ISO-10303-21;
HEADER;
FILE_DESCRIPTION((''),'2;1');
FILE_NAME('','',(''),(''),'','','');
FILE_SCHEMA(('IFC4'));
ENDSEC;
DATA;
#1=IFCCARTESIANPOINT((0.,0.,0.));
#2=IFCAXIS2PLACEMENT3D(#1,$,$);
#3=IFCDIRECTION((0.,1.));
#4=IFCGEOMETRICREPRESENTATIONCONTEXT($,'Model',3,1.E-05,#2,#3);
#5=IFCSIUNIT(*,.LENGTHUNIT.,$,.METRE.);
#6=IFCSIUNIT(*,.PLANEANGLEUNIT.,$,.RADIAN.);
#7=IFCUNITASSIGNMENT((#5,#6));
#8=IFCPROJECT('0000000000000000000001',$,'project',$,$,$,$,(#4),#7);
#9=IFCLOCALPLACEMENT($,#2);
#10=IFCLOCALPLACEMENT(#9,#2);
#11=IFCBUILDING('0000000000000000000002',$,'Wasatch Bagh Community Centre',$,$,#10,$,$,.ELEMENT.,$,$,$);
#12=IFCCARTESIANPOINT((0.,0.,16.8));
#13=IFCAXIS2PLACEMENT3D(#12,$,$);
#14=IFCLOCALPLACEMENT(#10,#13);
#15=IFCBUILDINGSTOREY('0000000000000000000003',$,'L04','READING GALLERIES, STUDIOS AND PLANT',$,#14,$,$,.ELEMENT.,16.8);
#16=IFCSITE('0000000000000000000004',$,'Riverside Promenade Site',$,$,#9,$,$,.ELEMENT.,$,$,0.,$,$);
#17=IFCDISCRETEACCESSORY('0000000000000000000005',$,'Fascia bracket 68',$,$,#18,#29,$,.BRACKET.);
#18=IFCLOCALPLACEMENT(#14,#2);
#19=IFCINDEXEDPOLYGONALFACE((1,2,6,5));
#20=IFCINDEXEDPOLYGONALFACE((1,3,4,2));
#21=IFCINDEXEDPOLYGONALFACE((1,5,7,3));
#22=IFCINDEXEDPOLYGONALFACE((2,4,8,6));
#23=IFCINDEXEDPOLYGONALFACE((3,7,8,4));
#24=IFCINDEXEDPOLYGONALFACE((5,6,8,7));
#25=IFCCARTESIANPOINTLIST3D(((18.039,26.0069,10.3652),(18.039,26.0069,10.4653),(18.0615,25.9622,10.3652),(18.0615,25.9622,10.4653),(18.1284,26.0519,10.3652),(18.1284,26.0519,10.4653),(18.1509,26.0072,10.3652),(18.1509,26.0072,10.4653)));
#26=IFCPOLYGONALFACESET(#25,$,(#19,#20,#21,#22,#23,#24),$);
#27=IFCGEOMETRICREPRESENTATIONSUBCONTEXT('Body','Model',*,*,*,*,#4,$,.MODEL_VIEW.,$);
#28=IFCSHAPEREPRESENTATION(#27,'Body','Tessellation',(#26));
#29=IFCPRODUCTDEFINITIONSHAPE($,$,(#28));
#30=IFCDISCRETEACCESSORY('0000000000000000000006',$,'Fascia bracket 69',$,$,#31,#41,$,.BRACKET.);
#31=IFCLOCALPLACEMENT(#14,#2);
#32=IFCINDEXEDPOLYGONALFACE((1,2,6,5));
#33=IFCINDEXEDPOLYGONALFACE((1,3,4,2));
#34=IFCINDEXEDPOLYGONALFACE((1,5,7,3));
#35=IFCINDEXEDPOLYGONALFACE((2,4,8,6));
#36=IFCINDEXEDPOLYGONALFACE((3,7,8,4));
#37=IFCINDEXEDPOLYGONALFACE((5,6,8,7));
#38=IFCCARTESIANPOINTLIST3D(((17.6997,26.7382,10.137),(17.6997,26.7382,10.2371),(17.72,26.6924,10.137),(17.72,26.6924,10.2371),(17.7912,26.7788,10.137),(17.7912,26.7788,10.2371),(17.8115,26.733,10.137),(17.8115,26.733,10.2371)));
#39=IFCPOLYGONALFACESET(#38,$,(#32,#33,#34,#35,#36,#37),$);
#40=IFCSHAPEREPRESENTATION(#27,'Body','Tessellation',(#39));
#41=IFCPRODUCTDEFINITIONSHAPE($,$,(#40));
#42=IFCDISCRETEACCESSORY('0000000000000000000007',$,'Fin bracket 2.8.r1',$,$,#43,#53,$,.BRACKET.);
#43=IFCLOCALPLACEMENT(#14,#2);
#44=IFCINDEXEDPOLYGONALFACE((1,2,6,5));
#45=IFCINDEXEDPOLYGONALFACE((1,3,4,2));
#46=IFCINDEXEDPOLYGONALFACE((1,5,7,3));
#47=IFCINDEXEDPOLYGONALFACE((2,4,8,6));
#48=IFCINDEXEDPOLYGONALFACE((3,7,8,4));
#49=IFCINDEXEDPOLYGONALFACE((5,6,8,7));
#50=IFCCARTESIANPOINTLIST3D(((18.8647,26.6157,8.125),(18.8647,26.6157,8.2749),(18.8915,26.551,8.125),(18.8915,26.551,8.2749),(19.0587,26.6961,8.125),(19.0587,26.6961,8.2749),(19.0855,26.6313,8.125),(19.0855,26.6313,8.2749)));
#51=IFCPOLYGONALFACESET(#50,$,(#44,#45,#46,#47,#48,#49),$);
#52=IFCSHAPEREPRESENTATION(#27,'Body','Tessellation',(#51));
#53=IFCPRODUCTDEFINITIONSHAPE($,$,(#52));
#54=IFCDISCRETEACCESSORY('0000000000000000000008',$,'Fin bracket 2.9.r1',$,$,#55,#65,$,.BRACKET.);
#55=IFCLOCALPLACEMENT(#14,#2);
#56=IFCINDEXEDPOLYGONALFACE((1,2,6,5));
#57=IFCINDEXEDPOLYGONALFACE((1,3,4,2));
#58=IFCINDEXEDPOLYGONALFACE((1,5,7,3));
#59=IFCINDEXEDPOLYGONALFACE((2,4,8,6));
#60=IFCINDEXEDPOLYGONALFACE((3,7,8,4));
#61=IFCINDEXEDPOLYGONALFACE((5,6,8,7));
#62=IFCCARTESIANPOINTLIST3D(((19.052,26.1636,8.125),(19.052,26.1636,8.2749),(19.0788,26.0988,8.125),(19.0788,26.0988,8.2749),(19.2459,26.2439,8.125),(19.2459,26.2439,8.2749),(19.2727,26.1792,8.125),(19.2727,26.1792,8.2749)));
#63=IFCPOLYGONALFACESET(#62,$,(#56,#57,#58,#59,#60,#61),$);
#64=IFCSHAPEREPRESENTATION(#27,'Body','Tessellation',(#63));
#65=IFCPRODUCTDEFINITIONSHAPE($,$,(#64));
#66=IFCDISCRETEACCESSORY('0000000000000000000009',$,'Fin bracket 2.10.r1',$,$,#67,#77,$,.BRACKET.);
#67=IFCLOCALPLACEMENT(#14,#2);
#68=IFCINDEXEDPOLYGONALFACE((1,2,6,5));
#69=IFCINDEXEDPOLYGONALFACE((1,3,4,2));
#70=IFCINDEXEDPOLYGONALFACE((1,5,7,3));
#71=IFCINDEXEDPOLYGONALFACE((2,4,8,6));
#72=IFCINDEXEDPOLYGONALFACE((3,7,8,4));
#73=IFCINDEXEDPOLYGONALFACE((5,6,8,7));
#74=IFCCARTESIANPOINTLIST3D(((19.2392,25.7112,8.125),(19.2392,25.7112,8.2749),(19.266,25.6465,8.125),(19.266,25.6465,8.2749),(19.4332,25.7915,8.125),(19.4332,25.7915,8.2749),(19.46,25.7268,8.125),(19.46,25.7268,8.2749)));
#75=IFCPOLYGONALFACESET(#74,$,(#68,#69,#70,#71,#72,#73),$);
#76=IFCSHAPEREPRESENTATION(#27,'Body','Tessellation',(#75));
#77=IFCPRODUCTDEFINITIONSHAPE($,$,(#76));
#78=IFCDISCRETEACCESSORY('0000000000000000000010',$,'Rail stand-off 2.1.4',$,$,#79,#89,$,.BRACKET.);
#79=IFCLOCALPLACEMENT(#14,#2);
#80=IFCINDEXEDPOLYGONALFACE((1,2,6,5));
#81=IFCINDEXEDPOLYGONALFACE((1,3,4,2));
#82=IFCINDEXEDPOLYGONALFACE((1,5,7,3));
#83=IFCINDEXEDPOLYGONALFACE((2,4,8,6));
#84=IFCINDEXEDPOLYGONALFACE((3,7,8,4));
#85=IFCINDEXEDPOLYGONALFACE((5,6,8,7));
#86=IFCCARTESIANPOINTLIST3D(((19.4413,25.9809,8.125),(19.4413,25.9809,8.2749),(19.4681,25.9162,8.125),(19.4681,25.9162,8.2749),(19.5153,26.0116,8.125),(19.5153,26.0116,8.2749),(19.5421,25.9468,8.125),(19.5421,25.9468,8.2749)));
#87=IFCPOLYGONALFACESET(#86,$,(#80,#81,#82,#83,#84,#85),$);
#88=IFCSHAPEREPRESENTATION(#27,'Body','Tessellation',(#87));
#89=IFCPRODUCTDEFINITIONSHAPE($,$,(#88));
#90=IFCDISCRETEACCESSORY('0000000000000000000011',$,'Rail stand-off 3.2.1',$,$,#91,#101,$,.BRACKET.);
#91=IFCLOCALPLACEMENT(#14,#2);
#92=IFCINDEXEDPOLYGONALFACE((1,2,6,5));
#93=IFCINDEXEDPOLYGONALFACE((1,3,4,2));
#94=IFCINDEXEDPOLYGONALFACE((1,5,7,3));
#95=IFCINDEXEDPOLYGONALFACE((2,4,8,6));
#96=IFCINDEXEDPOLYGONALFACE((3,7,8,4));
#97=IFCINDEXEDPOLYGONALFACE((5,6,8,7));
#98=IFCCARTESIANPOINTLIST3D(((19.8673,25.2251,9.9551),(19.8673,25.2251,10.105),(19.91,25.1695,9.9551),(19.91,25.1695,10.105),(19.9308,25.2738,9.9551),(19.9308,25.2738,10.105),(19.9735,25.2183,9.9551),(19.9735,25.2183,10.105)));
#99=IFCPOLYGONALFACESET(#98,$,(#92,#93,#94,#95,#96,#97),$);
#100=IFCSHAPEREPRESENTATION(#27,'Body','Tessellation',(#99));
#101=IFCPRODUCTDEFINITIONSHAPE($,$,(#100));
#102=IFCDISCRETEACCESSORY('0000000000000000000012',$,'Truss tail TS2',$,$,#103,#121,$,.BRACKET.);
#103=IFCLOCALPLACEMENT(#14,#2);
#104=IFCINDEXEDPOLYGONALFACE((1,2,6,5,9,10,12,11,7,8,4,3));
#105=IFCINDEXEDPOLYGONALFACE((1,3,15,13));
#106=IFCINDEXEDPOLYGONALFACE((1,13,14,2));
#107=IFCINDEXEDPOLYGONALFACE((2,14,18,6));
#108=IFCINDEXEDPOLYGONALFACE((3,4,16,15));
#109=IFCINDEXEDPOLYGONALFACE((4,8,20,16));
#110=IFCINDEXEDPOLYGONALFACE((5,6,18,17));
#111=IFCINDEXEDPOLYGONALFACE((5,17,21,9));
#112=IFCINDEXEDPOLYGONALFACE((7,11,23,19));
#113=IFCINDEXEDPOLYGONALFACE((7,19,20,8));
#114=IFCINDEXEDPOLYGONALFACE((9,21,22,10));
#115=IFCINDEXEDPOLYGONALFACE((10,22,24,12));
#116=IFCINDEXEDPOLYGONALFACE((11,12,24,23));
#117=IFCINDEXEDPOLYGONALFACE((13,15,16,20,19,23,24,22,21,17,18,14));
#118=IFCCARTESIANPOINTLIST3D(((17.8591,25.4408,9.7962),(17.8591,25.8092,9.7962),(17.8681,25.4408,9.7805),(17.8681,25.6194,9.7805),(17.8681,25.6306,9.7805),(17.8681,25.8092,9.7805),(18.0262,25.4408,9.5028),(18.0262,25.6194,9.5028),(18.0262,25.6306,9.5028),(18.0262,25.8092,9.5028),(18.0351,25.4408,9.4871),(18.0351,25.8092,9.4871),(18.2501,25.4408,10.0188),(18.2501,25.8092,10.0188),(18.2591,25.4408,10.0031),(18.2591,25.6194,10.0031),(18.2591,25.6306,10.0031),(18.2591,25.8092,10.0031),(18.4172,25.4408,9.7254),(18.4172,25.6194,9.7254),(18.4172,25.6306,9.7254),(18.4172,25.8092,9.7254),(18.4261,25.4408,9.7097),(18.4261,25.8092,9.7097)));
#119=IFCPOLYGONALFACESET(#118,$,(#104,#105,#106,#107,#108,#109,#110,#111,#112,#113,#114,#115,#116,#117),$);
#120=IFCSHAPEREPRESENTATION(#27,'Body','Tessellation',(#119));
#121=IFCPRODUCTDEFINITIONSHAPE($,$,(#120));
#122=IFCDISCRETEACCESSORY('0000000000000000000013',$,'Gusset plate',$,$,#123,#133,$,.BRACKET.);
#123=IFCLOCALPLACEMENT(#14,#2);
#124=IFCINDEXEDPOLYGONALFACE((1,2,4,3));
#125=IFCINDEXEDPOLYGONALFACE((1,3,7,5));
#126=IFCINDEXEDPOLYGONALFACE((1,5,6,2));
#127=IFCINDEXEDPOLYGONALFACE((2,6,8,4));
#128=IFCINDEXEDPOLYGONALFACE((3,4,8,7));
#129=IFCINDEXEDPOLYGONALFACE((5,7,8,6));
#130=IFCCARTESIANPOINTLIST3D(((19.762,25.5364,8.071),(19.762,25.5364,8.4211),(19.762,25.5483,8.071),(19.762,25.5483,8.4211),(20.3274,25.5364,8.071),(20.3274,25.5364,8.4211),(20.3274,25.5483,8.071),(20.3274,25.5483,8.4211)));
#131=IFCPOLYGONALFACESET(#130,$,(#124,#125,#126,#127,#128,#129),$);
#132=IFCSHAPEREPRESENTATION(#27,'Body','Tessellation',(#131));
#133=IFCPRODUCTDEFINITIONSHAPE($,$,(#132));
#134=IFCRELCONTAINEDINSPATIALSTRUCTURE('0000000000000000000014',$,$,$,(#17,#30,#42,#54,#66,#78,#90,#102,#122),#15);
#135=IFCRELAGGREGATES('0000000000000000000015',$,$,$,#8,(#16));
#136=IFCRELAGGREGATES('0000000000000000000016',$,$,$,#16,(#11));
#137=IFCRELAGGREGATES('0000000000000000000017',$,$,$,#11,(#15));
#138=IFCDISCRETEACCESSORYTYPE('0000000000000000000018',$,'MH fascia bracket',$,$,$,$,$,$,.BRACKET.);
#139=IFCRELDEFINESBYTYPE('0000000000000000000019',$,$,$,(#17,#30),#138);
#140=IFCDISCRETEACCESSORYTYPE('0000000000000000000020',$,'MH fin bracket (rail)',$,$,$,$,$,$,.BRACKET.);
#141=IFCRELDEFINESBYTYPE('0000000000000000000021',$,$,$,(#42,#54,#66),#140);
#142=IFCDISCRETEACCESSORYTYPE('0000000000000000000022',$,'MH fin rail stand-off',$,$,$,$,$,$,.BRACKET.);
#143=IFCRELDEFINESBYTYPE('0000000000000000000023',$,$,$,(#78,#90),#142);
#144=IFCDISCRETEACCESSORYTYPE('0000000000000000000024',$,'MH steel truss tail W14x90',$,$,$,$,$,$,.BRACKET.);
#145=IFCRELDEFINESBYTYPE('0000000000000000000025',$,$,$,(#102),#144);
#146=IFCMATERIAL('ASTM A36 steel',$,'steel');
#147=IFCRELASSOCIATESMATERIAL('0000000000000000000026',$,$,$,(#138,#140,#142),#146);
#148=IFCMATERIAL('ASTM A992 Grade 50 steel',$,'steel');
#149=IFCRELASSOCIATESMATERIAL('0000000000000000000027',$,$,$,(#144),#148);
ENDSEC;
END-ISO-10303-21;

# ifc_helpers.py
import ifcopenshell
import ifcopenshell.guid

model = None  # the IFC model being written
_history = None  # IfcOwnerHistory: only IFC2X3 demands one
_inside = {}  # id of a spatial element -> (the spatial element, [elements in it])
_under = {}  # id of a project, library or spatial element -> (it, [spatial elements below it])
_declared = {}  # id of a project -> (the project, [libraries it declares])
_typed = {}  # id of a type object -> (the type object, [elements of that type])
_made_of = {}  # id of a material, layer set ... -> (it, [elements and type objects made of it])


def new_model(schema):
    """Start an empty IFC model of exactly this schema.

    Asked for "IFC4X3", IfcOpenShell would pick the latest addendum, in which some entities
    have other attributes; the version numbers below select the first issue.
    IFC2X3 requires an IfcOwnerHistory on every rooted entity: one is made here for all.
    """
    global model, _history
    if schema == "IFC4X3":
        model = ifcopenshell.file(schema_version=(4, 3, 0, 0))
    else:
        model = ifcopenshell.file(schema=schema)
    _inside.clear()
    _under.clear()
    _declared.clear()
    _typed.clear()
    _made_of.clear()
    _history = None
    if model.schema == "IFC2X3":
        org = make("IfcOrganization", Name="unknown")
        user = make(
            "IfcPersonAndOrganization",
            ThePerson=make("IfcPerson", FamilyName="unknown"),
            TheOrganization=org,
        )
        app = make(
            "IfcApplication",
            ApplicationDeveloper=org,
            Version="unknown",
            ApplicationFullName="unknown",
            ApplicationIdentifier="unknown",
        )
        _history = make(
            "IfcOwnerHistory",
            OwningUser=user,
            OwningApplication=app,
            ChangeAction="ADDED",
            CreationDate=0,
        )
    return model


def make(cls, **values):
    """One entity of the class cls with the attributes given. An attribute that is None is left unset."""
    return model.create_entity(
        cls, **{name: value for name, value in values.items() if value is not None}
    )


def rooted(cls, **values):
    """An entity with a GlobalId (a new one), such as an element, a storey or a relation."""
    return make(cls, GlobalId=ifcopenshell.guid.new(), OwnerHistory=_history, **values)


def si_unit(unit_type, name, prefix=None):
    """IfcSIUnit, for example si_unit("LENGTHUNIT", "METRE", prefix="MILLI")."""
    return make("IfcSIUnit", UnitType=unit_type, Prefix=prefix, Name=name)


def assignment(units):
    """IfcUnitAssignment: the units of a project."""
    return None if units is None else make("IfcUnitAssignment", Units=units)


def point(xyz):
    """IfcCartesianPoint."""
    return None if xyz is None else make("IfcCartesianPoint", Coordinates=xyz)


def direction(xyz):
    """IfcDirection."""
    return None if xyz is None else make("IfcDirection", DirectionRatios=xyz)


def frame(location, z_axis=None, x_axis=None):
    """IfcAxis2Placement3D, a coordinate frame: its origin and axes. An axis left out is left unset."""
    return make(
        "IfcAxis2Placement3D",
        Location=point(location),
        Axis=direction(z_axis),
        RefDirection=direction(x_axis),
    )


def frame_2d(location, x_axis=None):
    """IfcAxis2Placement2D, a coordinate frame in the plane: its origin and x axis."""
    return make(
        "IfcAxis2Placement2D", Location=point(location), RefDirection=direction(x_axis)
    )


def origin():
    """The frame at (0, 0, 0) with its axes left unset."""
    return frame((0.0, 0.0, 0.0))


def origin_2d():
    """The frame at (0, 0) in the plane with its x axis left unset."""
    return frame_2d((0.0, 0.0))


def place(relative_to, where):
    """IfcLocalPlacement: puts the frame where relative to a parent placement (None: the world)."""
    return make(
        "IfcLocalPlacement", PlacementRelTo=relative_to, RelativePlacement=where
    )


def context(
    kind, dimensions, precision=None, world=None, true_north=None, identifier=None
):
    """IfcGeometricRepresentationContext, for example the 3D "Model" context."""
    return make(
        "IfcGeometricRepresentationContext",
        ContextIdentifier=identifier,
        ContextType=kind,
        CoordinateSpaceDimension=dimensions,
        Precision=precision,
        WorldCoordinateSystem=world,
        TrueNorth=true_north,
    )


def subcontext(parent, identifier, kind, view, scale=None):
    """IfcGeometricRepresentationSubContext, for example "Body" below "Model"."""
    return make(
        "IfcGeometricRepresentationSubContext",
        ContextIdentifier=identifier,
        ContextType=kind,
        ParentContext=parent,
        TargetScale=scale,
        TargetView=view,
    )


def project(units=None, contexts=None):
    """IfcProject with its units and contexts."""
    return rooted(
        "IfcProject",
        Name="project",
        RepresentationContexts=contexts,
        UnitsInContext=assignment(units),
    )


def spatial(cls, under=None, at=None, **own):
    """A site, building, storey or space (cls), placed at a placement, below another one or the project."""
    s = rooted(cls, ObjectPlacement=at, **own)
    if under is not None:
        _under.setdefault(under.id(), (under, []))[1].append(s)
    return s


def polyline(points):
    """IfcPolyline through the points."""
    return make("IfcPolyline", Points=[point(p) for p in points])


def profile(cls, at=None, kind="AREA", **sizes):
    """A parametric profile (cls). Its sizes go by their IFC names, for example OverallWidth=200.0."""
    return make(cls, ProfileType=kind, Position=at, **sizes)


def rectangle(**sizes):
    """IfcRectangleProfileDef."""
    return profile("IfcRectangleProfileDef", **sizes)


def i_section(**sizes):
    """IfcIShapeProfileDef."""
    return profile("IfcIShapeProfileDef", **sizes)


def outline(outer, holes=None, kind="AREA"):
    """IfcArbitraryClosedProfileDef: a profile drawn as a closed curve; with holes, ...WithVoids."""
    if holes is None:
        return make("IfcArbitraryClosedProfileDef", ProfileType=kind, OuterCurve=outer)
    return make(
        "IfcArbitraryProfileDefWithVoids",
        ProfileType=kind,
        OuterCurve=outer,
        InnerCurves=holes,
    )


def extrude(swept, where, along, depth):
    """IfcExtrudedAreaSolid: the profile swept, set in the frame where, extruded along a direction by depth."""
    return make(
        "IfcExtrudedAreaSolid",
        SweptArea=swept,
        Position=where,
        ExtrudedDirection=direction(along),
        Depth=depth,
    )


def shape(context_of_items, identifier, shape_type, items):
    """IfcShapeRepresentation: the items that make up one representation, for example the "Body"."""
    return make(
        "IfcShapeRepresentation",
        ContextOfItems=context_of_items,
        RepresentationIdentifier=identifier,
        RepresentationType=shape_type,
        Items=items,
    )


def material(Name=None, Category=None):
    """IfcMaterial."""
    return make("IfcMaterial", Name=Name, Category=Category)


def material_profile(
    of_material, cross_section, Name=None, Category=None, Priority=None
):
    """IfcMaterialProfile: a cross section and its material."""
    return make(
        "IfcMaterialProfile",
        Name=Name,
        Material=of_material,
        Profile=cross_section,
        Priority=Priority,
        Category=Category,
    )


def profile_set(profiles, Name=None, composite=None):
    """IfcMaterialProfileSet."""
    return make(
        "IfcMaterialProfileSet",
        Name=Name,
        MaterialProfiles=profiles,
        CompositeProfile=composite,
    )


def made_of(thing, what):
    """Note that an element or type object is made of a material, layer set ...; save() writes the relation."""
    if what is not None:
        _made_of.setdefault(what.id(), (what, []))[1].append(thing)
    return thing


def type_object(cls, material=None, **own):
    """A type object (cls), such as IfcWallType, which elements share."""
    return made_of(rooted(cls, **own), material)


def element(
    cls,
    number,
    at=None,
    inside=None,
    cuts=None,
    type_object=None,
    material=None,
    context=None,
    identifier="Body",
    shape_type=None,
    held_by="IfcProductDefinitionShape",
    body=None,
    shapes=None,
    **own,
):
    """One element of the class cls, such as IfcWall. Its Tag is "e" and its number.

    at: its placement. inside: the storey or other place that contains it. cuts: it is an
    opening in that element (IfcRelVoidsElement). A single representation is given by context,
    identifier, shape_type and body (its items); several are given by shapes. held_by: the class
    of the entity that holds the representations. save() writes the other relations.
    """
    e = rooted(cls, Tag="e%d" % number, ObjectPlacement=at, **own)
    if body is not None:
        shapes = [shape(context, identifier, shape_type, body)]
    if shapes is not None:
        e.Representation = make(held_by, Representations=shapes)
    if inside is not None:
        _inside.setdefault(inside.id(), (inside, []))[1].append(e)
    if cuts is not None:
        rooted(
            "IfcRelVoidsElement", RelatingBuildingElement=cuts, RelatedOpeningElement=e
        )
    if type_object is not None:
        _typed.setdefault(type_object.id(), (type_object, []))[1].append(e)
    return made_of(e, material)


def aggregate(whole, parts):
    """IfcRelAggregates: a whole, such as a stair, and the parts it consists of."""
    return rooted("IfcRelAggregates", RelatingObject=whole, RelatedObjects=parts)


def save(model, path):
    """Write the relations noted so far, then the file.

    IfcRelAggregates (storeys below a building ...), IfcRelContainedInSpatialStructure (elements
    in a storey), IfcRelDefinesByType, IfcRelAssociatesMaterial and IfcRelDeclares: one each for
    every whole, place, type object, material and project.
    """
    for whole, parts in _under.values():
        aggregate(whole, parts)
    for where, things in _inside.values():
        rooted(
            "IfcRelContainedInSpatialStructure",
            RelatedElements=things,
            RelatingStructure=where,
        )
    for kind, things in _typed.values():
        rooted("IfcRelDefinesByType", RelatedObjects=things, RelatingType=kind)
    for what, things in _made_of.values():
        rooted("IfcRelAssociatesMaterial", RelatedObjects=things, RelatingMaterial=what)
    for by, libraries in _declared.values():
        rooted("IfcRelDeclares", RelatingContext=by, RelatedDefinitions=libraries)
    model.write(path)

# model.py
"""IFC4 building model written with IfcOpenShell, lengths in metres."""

from ifc_helpers import new_model, si_unit, direction, frame, origin, origin_2d, place, context, subcontext, project, spatial, polyline, rectangle, i_section, outline, extrude, material, material_profile, profile_set, type_object, element, save


model = new_model("IFC4")

# Units and contexts
model_context = context("Model", 3, precision=1e-05, world=origin(), true_north=direction((0.0, 1.0)))
body_context = subcontext(model_context, "Body", "Model", "MODEL_VIEW")
ifc_project = project(units=[si_unit("LENGTHUNIT", "METRE"), si_unit("PLANEANGLEUNIT", "RADIAN")], contexts=[model_context])

# Site, building, storey
site_placement = place(None, origin())
site = spatial("IfcSite", under=ifc_project, at=site_placement, Name="Riverside Promenade Site", CompositionType="ELEMENT", RefElevation=0.0)
building_placement = place(site_placement, origin())
building = spatial("IfcBuilding", under=site, at=building_placement, Name="Wasatch Bagh Community Centre", CompositionType="ELEMENT")
storey_placement = place(building_placement, frame((0.0, 0.0, 16.8)))
storey = spatial("IfcBuildingStorey", under=building, at=storey_placement, Name="L04", Description="READING GALLERIES, STUDIOS AND PLANT", CompositionType="ELEMENT", Elevation=16.8)

# Shared definitions
ifc_material_1 = material(Name="ASTM A992 Grade 50 steel", Category="steel")

# Discrete accessories
ifc_material_2 = material(Name="ASTM A36 steel", Category="steel")
discrete_accessory_type_1 = type_object("IfcDiscreteAccessoryType", Name="MH fascia bracket", PredefinedType="BRACKET", material=ifc_material_2)
for number, where, z_axis, x_axis, name in (
    (1, (18.095, 26.0071, 10.3652), (0.0, 0.0, 1.0), (-0.893224, -0.449611, 0.0), "Fascia bracket 68"),
    (2, (17.7556, 26.7356, 10.137), (0.0, 0.0, 1.0), (-0.91421, -0.405241, 0.0), "Fascia bracket 69"),
):
    element("IfcDiscreteAccessory", number, at=place(storey_placement, frame(where, z_axis=z_axis, x_axis=x_axis)), inside=storey, type_object=discrete_accessory_type_1, Name=name, PredefinedType="BRACKET", context=body_context, shape_type="SweptSolid", body=[
        extrude(rectangle(XDim=0.1001, YDim=0.05, at=origin_2d()), origin(), (0.0, 0.0, 1.0), 0.1001),
    ])
discrete_accessory_type_2 = type_object("IfcDiscreteAccessoryType", Name="MH fin bracket (rail)", PredefinedType="BRACKET", material=ifc_material_2)
for number, where, z_axis, x_axis, name in (
    (3, (18.9751, 26.6235, 8.125), (0.0, 0.0, 1.0), (0.382683, -0.92388, 0.0), "Fin bracket 2.8.r1"),
    (4, (19.1624, 26.1714, 8.125), (0.0, 0.0, 1.0), (0.382683, -0.92388, 0.0), "Fin bracket 2.9.r1"),
    (5, (19.3496, 25.719, 8.125), (0.0, 0.0, 1.0), (0.382683, -0.92388, 0.0), "Fin bracket 2.10.r1"),
):
    element("IfcDiscreteAccessory", number, at=place(storey_placement, frame(where, z_axis=z_axis, x_axis=x_axis)), inside=storey, type_object=discrete_accessory_type_2, Name=name, PredefinedType="BRACKET", context=body_context, shape_type="SweptSolid", body=[
        extrude(rectangle(XDim=0.0701, YDim=0.21, at=origin_2d()), origin(), (0.0, 0.0, 1.0), 0.1499),
    ])
discrete_accessory_type_3 = type_object("IfcDiscreteAccessoryType", Name="MH fin rail stand-off", PredefinedType="BRACKET", material=ifc_material_2)
for number, where, z_axis, x_axis, name in (
    (6, (19.4917, 25.9639, 8.125), (0.0, 0.0, 1.0), (0.382683, -0.92388, 0.0), "Rail stand-off 2.1.4"),
    (7, (19.9204, 25.2217, 9.9551), (0.0, 0.0, 1.0), (0.608761, -0.793353, 0.0), "Rail stand-off 3.2.1"),
):
    element("IfcDiscreteAccessory", number, at=place(storey_placement, frame(where, z_axis=z_axis, x_axis=x_axis)), inside=storey, type_object=discrete_accessory_type_3, Name=name, PredefinedType="BRACKET", context=body_context, shape_type="SweptSolid", body=[
        extrude(rectangle(XDim=0.0701, YDim=0.0801, at=origin_2d()), origin(), (0.0, 0.0, 1.0), 0.1499),
    ])
ifc_material_profile_1 = material_profile(ifc_material_1, i_section(OverallWidth=0.3684, OverallDepth=0.3557, WebThickness=0.0112, FlangeThickness=0.0181, at=origin_2d()), Name="W14x90")
ifc_profile_set_1 = profile_set([ifc_material_profile_1], Name="ASTM A992 Grade 50 steel")
discrete_accessory_type_4 = type_object("IfcDiscreteAccessoryType", Name="MH steel truss tail W14x90", PredefinedType="BRACKET", material=ifc_profile_set_1)
discrete_accessory_1_placement = place(storey_placement, frame((18.3381, 25.625, 9.8643), z_axis=(-0.869043, 0.0, -0.494736), x_axis=(0.0, -1.0, 0.0)))
element("IfcDiscreteAccessory", 8, at=discrete_accessory_1_placement, inside=storey, type_object=discrete_accessory_type_4, Name="Truss tail TS2", PredefinedType="BRACKET", context=body_context, shape_type="SweptSolid", body=[
    extrude(i_section(OverallWidth=0.3684, OverallDepth=0.3557, WebThickness=0.0112, FlangeThickness=0.0181, at=origin_2d()), origin(), (0.0, 0.0, 1.0), 0.45),
])
discrete_accessory_2_placement = place(storey_placement, frame((19.762, 25.5364, 8.071), z_axis=(0.0, -1.0, 0.0), x_axis=(1.0, 0.0, 0.0)))
element("IfcDiscreteAccessory", 9, at=discrete_accessory_2_placement, inside=storey, Name="Gusset plate", PredefinedType="BRACKET", context=body_context, shape_type="SweptSolid", body=[
    extrude(outline(polyline([(0.0, 0.0), (0.5654, 0.0), (0.5654, 0.3501), (0.0, 0.3501), (0.0, 0.0)])), origin(), (0.0, 0.0, -1.0), 0.012),
])

save(model, "model.ifc")
